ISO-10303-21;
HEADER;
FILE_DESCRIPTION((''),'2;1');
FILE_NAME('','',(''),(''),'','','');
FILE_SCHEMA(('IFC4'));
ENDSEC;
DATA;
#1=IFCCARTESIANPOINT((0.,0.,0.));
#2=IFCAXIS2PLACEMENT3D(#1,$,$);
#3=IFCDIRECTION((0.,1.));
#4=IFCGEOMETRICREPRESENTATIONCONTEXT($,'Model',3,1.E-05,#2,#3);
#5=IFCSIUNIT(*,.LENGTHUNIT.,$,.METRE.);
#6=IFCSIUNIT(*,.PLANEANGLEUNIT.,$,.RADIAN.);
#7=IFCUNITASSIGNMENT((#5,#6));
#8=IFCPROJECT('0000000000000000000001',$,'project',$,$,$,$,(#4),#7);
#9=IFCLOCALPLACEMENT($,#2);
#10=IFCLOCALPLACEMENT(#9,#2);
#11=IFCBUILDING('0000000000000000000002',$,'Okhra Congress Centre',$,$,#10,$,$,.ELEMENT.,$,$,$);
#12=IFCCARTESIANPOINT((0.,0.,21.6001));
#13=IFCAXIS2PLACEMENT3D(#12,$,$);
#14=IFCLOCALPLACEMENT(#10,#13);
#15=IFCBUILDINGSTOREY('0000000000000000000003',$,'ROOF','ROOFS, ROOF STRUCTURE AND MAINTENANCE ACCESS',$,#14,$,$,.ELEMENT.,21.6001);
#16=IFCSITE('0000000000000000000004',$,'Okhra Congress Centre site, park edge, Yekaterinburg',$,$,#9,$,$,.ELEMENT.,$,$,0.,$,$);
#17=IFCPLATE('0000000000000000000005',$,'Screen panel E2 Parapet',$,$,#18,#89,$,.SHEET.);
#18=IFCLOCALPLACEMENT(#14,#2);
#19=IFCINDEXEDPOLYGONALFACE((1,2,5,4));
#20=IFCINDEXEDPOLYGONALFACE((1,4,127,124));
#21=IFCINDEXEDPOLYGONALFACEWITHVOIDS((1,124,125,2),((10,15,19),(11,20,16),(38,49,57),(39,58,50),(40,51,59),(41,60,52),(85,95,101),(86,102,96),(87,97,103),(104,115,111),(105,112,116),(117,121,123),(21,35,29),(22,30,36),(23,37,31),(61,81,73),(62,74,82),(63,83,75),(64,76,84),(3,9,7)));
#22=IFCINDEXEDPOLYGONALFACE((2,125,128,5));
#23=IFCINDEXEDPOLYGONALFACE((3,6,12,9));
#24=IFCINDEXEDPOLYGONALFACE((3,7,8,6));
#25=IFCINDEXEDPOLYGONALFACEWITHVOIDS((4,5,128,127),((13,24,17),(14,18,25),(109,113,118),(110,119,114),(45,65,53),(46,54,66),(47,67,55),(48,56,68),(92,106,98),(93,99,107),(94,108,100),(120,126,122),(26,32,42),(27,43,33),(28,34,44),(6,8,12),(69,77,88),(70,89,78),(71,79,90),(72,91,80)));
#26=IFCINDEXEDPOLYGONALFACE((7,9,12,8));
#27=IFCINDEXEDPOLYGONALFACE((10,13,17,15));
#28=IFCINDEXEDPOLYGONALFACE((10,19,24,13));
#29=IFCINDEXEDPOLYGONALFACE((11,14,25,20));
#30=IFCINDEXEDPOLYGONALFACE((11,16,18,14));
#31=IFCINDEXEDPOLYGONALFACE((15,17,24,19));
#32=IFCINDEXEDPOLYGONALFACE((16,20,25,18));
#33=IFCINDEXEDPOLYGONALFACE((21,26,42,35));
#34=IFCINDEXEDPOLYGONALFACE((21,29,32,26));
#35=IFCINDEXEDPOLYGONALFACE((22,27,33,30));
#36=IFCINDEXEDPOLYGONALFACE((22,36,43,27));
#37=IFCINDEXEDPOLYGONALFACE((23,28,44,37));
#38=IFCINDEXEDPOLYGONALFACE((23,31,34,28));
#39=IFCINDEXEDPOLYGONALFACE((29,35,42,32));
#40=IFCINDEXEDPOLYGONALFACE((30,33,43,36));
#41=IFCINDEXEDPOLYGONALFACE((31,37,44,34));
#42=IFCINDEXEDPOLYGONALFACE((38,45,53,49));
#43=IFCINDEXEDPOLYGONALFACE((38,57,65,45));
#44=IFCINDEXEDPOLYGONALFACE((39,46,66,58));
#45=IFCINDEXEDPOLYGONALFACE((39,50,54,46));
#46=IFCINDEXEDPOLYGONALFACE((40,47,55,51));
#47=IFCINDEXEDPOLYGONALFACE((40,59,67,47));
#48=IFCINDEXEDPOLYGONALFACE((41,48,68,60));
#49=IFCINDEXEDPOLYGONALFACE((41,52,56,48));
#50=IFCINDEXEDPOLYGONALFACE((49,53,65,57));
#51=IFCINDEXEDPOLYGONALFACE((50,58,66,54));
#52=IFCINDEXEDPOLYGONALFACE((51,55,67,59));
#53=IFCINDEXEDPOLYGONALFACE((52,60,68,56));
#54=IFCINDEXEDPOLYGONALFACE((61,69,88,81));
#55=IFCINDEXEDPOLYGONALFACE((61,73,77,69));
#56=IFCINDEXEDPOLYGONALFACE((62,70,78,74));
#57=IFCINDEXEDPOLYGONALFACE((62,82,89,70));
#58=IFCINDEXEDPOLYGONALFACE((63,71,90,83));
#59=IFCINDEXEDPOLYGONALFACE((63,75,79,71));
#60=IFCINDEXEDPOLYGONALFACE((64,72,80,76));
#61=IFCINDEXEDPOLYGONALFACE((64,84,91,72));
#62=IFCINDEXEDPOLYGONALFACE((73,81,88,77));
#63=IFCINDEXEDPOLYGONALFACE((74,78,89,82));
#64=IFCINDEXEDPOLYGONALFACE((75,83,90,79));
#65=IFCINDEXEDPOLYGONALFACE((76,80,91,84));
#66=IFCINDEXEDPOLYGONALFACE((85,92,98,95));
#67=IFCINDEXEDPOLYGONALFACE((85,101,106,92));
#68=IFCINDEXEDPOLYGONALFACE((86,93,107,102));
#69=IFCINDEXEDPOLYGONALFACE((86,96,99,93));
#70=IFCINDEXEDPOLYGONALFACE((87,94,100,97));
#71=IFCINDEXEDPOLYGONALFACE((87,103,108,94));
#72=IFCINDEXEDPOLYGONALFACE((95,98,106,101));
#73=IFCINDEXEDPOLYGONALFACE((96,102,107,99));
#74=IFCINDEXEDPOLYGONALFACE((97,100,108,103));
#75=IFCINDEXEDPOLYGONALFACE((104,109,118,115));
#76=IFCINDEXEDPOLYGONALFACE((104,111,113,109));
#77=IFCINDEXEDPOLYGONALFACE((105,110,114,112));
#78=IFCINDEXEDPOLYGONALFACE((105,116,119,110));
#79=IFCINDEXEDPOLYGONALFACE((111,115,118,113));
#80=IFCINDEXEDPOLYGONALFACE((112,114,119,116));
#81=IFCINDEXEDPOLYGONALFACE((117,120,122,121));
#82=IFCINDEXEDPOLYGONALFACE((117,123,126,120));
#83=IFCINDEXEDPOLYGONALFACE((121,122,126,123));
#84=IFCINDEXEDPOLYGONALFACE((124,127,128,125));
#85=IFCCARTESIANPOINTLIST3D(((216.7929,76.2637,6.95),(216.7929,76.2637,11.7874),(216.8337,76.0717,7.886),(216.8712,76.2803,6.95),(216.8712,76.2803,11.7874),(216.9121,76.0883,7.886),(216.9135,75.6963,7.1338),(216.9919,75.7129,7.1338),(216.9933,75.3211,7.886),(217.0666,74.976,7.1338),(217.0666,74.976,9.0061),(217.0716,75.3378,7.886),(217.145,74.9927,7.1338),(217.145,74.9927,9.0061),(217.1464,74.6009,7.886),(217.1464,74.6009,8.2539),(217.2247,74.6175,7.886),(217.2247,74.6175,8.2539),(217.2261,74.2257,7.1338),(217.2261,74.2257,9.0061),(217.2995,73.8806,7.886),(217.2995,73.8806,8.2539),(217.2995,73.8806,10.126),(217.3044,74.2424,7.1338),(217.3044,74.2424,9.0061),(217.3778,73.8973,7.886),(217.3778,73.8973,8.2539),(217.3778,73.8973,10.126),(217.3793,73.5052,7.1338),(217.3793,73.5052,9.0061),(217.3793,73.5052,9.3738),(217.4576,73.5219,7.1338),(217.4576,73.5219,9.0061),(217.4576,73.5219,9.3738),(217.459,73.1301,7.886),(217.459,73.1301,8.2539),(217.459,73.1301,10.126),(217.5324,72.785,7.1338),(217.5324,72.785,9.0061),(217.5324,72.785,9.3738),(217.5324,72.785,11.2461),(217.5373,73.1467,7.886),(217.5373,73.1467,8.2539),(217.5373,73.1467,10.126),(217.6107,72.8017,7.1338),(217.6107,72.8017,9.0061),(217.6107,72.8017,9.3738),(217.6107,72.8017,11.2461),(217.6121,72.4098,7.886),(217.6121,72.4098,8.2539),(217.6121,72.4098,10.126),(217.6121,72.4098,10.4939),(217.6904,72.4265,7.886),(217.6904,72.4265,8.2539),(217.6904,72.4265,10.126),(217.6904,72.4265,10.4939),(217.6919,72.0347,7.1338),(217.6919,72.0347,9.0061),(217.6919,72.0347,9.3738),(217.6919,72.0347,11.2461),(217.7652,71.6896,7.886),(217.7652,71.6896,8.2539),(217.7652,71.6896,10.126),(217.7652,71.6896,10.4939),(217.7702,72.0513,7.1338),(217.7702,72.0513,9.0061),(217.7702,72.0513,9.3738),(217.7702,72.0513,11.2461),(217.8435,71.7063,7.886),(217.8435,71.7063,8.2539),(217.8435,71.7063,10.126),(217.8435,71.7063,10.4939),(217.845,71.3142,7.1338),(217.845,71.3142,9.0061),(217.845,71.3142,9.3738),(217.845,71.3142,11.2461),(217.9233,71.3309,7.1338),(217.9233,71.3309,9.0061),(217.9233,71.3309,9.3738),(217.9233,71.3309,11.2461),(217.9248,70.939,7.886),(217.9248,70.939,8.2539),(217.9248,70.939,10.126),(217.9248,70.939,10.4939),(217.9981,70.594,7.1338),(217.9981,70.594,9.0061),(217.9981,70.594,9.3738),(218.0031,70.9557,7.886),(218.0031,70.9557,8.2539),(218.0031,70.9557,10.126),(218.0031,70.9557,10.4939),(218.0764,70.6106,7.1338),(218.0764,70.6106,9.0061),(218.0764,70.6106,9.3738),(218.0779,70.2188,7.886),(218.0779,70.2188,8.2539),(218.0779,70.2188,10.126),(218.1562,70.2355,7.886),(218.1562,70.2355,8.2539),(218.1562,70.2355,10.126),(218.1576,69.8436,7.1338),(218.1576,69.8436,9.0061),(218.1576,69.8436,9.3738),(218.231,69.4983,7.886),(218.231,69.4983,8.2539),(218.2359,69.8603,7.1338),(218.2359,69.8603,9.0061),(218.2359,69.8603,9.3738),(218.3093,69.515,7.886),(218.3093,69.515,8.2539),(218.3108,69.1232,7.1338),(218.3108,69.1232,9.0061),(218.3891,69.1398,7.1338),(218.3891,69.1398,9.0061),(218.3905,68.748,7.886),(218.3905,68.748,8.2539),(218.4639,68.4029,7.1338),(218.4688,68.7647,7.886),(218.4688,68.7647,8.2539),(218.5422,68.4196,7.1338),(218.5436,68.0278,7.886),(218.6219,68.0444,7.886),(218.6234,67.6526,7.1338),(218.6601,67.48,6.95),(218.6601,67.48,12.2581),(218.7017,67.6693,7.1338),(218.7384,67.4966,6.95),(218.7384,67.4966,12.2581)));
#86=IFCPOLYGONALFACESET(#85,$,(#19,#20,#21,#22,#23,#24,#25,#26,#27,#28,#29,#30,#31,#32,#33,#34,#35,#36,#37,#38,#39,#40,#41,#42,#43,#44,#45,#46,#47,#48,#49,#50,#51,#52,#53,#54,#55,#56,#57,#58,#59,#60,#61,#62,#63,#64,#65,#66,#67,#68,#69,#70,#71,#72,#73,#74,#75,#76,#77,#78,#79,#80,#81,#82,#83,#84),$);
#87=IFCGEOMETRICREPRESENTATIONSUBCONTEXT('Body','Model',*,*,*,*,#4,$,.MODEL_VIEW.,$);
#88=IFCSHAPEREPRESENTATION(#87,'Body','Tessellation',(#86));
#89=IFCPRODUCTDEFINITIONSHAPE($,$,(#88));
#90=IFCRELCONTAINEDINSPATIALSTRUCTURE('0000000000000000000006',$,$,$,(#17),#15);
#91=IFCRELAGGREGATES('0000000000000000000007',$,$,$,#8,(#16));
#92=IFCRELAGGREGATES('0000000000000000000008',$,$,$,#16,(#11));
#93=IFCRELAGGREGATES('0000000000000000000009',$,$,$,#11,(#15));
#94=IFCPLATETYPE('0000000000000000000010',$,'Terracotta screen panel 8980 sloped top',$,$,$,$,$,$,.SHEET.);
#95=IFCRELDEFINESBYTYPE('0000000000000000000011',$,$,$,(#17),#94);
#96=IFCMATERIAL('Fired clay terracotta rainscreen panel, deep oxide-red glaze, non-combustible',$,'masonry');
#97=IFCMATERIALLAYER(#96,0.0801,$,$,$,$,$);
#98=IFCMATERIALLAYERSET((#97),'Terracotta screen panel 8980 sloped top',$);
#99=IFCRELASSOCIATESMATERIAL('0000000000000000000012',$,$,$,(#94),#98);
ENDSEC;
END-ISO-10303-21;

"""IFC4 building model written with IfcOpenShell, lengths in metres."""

from ifc_helpers import new_model, si_unit, direction, frame, origin, place, context, subcontext, project, spatial, polyline, outline, extrude, material, layer, layer_set, type_object, element, save


model = new_model("IFC4")

# Units and contexts
model_context = context("Model", 3, precision=1e-05, world=origin(), true_north=direction((0.0, 1.0)))
body_context = subcontext(model_context, "Body", "Model", "MODEL_VIEW")
ifc_project = project(units=[si_unit("LENGTHUNIT", "METRE"), si_unit("PLANEANGLEUNIT", "RADIAN")], contexts=[model_context])

# Site, building, storey
site_placement = place(None, origin())
site = spatial("IfcSite", under=ifc_project, at=site_placement, Name="Okhra Congress Centre site, park edge, Yekaterinburg", CompositionType="ELEMENT", RefElevation=0.0)
building_placement = place(site_placement, origin())
building = spatial("IfcBuilding", under=site, at=building_placement, Name="Okhra Congress Centre", CompositionType="ELEMENT")
storey_placement = place(building_placement, frame((0.0, 0.0, 21.6001)))
storey = spatial("IfcBuildingStorey", under=building, at=storey_placement, Name="ROOF", Description="ROOFS, ROOF STRUCTURE AND MAINTENANCE ACCESS", CompositionType="ELEMENT", Elevation=21.6001)

# Plate
ifc_material_1 = material(Name="Fired clay terracotta rainscreen panel, deep oxide-red glaze, non-combustible", Category="masonry")
ifc_layer_1 = layer(ifc_material_1, 0.0801)
ifc_layer_set_1 = layer_set([ifc_layer_1], Name="Terracotta screen panel 8980 sloped top")
plate_type_1 = type_object("IfcPlateType", Name="Terracotta screen panel 8980 sloped top", PredefinedType="SHEET", material=ifc_layer_set_1)
plate_1_placement = place(storey_placement, frame((218.6992, 67.4883, 6.95), z_axis=(0.0, 0.0, 1.0), x_axis=(-0.207923, 0.978145, 0.0)))
element("IfcPlate", 1, at=plate_1_placement, inside=storey, type_object=plate_type_1, Name="Screen panel E2 Parapet", PredefinedType="SHEET", context=body_context, shape_type="SweptSolid", body=[
    extrude(outline(polyline([(0.0, 0.0), (8.98, 0.0), (8.98, 4.8374), (0.0, 5.3081), (0.0, 0.0)]), holes=[polyline([(0.1765, 0.1838), (0.9436, 0.1838), (0.5601, 0.936), (0.1765, 0.1838)]), polyline([(1.2964, 0.936), (1.6799, 0.1838), (2.0635, 0.936), (1.2964, 0.936)]), polyline([(2.4165, 0.1838), (3.1836, 0.1838), (2.8, 0.936), (2.4165, 0.1838)]), polyline([(3.5364, 0.936), (3.9199, 0.1838), (4.3037, 0.936), (3.5364, 0.936)]), polyline([(4.6565, 0.1838), (5.4236, 0.1838), (5.04, 0.936), (4.6565, 0.1838)]), polyline([(5.7764, 0.936), (6.1599, 0.1838), (6.5437, 0.936), (5.7764, 0.936)]), polyline([(6.8965, 0.1838), (7.6636, 0.1838), (7.28, 0.936), (6.8965, 0.1838)]), polyline([(8.0164, 0.936), (8.3999, 0.1838), (8.7837, 0.936), (8.0164, 0.936)]), polyline([(1.2964, 1.304), (2.0635, 1.304), (1.6799, 2.0562), (1.2964, 1.304)]), polyline([(2.4165, 2.0562), (2.8, 1.304), (3.1836, 2.0562), (2.4165, 2.0562)]), polyline([(3.5364, 1.304), (4.3037, 1.304), (3.9199, 2.0562), (3.5364, 1.304)]), polyline([(4.6565, 2.0562), (5.04, 1.304), (5.4236, 2.0562), (4.6565, 2.0562)]), polyline([(5.7764, 1.304), (6.5437, 1.304), (6.1599, 2.0562), (5.7764, 1.304)]), polyline([(6.8965, 2.0562), (7.28, 1.304), (7.6636, 2.0562), (6.8965, 2.0562)]), polyline([(2.4165, 2.4238), (3.1836, 2.4238), (2.8, 3.176), (2.4165, 2.4238)]), polyline([(3.5364, 3.176), (3.9199, 2.4238), (4.3037, 3.176), (3.5364, 3.176)]), polyline([(4.6565, 2.4238), (5.4236, 2.4238), (5.04, 3.176), (4.6565, 2.4238)]), polyline([(5.7764, 3.176), (6.1599, 2.4238), (6.5437, 3.176), (5.7764, 3.176)]), polyline([(3.5364, 3.5439), (4.3037, 3.5439), (3.9199, 4.2961), (3.5364, 3.5439)]), polyline([(4.6565, 4.2961), (5.04, 3.5439), (5.4236, 4.2961), (4.6565, 4.2961)])]), frame((0.0, 0.04, 0.0), z_axis=(0.0, -1.0, 0.0), x_axis=(1.0, 0.0, 0.0)), (0.0, 0.0, 1.0), 0.0801),
])

save(model, "model.ifc")
